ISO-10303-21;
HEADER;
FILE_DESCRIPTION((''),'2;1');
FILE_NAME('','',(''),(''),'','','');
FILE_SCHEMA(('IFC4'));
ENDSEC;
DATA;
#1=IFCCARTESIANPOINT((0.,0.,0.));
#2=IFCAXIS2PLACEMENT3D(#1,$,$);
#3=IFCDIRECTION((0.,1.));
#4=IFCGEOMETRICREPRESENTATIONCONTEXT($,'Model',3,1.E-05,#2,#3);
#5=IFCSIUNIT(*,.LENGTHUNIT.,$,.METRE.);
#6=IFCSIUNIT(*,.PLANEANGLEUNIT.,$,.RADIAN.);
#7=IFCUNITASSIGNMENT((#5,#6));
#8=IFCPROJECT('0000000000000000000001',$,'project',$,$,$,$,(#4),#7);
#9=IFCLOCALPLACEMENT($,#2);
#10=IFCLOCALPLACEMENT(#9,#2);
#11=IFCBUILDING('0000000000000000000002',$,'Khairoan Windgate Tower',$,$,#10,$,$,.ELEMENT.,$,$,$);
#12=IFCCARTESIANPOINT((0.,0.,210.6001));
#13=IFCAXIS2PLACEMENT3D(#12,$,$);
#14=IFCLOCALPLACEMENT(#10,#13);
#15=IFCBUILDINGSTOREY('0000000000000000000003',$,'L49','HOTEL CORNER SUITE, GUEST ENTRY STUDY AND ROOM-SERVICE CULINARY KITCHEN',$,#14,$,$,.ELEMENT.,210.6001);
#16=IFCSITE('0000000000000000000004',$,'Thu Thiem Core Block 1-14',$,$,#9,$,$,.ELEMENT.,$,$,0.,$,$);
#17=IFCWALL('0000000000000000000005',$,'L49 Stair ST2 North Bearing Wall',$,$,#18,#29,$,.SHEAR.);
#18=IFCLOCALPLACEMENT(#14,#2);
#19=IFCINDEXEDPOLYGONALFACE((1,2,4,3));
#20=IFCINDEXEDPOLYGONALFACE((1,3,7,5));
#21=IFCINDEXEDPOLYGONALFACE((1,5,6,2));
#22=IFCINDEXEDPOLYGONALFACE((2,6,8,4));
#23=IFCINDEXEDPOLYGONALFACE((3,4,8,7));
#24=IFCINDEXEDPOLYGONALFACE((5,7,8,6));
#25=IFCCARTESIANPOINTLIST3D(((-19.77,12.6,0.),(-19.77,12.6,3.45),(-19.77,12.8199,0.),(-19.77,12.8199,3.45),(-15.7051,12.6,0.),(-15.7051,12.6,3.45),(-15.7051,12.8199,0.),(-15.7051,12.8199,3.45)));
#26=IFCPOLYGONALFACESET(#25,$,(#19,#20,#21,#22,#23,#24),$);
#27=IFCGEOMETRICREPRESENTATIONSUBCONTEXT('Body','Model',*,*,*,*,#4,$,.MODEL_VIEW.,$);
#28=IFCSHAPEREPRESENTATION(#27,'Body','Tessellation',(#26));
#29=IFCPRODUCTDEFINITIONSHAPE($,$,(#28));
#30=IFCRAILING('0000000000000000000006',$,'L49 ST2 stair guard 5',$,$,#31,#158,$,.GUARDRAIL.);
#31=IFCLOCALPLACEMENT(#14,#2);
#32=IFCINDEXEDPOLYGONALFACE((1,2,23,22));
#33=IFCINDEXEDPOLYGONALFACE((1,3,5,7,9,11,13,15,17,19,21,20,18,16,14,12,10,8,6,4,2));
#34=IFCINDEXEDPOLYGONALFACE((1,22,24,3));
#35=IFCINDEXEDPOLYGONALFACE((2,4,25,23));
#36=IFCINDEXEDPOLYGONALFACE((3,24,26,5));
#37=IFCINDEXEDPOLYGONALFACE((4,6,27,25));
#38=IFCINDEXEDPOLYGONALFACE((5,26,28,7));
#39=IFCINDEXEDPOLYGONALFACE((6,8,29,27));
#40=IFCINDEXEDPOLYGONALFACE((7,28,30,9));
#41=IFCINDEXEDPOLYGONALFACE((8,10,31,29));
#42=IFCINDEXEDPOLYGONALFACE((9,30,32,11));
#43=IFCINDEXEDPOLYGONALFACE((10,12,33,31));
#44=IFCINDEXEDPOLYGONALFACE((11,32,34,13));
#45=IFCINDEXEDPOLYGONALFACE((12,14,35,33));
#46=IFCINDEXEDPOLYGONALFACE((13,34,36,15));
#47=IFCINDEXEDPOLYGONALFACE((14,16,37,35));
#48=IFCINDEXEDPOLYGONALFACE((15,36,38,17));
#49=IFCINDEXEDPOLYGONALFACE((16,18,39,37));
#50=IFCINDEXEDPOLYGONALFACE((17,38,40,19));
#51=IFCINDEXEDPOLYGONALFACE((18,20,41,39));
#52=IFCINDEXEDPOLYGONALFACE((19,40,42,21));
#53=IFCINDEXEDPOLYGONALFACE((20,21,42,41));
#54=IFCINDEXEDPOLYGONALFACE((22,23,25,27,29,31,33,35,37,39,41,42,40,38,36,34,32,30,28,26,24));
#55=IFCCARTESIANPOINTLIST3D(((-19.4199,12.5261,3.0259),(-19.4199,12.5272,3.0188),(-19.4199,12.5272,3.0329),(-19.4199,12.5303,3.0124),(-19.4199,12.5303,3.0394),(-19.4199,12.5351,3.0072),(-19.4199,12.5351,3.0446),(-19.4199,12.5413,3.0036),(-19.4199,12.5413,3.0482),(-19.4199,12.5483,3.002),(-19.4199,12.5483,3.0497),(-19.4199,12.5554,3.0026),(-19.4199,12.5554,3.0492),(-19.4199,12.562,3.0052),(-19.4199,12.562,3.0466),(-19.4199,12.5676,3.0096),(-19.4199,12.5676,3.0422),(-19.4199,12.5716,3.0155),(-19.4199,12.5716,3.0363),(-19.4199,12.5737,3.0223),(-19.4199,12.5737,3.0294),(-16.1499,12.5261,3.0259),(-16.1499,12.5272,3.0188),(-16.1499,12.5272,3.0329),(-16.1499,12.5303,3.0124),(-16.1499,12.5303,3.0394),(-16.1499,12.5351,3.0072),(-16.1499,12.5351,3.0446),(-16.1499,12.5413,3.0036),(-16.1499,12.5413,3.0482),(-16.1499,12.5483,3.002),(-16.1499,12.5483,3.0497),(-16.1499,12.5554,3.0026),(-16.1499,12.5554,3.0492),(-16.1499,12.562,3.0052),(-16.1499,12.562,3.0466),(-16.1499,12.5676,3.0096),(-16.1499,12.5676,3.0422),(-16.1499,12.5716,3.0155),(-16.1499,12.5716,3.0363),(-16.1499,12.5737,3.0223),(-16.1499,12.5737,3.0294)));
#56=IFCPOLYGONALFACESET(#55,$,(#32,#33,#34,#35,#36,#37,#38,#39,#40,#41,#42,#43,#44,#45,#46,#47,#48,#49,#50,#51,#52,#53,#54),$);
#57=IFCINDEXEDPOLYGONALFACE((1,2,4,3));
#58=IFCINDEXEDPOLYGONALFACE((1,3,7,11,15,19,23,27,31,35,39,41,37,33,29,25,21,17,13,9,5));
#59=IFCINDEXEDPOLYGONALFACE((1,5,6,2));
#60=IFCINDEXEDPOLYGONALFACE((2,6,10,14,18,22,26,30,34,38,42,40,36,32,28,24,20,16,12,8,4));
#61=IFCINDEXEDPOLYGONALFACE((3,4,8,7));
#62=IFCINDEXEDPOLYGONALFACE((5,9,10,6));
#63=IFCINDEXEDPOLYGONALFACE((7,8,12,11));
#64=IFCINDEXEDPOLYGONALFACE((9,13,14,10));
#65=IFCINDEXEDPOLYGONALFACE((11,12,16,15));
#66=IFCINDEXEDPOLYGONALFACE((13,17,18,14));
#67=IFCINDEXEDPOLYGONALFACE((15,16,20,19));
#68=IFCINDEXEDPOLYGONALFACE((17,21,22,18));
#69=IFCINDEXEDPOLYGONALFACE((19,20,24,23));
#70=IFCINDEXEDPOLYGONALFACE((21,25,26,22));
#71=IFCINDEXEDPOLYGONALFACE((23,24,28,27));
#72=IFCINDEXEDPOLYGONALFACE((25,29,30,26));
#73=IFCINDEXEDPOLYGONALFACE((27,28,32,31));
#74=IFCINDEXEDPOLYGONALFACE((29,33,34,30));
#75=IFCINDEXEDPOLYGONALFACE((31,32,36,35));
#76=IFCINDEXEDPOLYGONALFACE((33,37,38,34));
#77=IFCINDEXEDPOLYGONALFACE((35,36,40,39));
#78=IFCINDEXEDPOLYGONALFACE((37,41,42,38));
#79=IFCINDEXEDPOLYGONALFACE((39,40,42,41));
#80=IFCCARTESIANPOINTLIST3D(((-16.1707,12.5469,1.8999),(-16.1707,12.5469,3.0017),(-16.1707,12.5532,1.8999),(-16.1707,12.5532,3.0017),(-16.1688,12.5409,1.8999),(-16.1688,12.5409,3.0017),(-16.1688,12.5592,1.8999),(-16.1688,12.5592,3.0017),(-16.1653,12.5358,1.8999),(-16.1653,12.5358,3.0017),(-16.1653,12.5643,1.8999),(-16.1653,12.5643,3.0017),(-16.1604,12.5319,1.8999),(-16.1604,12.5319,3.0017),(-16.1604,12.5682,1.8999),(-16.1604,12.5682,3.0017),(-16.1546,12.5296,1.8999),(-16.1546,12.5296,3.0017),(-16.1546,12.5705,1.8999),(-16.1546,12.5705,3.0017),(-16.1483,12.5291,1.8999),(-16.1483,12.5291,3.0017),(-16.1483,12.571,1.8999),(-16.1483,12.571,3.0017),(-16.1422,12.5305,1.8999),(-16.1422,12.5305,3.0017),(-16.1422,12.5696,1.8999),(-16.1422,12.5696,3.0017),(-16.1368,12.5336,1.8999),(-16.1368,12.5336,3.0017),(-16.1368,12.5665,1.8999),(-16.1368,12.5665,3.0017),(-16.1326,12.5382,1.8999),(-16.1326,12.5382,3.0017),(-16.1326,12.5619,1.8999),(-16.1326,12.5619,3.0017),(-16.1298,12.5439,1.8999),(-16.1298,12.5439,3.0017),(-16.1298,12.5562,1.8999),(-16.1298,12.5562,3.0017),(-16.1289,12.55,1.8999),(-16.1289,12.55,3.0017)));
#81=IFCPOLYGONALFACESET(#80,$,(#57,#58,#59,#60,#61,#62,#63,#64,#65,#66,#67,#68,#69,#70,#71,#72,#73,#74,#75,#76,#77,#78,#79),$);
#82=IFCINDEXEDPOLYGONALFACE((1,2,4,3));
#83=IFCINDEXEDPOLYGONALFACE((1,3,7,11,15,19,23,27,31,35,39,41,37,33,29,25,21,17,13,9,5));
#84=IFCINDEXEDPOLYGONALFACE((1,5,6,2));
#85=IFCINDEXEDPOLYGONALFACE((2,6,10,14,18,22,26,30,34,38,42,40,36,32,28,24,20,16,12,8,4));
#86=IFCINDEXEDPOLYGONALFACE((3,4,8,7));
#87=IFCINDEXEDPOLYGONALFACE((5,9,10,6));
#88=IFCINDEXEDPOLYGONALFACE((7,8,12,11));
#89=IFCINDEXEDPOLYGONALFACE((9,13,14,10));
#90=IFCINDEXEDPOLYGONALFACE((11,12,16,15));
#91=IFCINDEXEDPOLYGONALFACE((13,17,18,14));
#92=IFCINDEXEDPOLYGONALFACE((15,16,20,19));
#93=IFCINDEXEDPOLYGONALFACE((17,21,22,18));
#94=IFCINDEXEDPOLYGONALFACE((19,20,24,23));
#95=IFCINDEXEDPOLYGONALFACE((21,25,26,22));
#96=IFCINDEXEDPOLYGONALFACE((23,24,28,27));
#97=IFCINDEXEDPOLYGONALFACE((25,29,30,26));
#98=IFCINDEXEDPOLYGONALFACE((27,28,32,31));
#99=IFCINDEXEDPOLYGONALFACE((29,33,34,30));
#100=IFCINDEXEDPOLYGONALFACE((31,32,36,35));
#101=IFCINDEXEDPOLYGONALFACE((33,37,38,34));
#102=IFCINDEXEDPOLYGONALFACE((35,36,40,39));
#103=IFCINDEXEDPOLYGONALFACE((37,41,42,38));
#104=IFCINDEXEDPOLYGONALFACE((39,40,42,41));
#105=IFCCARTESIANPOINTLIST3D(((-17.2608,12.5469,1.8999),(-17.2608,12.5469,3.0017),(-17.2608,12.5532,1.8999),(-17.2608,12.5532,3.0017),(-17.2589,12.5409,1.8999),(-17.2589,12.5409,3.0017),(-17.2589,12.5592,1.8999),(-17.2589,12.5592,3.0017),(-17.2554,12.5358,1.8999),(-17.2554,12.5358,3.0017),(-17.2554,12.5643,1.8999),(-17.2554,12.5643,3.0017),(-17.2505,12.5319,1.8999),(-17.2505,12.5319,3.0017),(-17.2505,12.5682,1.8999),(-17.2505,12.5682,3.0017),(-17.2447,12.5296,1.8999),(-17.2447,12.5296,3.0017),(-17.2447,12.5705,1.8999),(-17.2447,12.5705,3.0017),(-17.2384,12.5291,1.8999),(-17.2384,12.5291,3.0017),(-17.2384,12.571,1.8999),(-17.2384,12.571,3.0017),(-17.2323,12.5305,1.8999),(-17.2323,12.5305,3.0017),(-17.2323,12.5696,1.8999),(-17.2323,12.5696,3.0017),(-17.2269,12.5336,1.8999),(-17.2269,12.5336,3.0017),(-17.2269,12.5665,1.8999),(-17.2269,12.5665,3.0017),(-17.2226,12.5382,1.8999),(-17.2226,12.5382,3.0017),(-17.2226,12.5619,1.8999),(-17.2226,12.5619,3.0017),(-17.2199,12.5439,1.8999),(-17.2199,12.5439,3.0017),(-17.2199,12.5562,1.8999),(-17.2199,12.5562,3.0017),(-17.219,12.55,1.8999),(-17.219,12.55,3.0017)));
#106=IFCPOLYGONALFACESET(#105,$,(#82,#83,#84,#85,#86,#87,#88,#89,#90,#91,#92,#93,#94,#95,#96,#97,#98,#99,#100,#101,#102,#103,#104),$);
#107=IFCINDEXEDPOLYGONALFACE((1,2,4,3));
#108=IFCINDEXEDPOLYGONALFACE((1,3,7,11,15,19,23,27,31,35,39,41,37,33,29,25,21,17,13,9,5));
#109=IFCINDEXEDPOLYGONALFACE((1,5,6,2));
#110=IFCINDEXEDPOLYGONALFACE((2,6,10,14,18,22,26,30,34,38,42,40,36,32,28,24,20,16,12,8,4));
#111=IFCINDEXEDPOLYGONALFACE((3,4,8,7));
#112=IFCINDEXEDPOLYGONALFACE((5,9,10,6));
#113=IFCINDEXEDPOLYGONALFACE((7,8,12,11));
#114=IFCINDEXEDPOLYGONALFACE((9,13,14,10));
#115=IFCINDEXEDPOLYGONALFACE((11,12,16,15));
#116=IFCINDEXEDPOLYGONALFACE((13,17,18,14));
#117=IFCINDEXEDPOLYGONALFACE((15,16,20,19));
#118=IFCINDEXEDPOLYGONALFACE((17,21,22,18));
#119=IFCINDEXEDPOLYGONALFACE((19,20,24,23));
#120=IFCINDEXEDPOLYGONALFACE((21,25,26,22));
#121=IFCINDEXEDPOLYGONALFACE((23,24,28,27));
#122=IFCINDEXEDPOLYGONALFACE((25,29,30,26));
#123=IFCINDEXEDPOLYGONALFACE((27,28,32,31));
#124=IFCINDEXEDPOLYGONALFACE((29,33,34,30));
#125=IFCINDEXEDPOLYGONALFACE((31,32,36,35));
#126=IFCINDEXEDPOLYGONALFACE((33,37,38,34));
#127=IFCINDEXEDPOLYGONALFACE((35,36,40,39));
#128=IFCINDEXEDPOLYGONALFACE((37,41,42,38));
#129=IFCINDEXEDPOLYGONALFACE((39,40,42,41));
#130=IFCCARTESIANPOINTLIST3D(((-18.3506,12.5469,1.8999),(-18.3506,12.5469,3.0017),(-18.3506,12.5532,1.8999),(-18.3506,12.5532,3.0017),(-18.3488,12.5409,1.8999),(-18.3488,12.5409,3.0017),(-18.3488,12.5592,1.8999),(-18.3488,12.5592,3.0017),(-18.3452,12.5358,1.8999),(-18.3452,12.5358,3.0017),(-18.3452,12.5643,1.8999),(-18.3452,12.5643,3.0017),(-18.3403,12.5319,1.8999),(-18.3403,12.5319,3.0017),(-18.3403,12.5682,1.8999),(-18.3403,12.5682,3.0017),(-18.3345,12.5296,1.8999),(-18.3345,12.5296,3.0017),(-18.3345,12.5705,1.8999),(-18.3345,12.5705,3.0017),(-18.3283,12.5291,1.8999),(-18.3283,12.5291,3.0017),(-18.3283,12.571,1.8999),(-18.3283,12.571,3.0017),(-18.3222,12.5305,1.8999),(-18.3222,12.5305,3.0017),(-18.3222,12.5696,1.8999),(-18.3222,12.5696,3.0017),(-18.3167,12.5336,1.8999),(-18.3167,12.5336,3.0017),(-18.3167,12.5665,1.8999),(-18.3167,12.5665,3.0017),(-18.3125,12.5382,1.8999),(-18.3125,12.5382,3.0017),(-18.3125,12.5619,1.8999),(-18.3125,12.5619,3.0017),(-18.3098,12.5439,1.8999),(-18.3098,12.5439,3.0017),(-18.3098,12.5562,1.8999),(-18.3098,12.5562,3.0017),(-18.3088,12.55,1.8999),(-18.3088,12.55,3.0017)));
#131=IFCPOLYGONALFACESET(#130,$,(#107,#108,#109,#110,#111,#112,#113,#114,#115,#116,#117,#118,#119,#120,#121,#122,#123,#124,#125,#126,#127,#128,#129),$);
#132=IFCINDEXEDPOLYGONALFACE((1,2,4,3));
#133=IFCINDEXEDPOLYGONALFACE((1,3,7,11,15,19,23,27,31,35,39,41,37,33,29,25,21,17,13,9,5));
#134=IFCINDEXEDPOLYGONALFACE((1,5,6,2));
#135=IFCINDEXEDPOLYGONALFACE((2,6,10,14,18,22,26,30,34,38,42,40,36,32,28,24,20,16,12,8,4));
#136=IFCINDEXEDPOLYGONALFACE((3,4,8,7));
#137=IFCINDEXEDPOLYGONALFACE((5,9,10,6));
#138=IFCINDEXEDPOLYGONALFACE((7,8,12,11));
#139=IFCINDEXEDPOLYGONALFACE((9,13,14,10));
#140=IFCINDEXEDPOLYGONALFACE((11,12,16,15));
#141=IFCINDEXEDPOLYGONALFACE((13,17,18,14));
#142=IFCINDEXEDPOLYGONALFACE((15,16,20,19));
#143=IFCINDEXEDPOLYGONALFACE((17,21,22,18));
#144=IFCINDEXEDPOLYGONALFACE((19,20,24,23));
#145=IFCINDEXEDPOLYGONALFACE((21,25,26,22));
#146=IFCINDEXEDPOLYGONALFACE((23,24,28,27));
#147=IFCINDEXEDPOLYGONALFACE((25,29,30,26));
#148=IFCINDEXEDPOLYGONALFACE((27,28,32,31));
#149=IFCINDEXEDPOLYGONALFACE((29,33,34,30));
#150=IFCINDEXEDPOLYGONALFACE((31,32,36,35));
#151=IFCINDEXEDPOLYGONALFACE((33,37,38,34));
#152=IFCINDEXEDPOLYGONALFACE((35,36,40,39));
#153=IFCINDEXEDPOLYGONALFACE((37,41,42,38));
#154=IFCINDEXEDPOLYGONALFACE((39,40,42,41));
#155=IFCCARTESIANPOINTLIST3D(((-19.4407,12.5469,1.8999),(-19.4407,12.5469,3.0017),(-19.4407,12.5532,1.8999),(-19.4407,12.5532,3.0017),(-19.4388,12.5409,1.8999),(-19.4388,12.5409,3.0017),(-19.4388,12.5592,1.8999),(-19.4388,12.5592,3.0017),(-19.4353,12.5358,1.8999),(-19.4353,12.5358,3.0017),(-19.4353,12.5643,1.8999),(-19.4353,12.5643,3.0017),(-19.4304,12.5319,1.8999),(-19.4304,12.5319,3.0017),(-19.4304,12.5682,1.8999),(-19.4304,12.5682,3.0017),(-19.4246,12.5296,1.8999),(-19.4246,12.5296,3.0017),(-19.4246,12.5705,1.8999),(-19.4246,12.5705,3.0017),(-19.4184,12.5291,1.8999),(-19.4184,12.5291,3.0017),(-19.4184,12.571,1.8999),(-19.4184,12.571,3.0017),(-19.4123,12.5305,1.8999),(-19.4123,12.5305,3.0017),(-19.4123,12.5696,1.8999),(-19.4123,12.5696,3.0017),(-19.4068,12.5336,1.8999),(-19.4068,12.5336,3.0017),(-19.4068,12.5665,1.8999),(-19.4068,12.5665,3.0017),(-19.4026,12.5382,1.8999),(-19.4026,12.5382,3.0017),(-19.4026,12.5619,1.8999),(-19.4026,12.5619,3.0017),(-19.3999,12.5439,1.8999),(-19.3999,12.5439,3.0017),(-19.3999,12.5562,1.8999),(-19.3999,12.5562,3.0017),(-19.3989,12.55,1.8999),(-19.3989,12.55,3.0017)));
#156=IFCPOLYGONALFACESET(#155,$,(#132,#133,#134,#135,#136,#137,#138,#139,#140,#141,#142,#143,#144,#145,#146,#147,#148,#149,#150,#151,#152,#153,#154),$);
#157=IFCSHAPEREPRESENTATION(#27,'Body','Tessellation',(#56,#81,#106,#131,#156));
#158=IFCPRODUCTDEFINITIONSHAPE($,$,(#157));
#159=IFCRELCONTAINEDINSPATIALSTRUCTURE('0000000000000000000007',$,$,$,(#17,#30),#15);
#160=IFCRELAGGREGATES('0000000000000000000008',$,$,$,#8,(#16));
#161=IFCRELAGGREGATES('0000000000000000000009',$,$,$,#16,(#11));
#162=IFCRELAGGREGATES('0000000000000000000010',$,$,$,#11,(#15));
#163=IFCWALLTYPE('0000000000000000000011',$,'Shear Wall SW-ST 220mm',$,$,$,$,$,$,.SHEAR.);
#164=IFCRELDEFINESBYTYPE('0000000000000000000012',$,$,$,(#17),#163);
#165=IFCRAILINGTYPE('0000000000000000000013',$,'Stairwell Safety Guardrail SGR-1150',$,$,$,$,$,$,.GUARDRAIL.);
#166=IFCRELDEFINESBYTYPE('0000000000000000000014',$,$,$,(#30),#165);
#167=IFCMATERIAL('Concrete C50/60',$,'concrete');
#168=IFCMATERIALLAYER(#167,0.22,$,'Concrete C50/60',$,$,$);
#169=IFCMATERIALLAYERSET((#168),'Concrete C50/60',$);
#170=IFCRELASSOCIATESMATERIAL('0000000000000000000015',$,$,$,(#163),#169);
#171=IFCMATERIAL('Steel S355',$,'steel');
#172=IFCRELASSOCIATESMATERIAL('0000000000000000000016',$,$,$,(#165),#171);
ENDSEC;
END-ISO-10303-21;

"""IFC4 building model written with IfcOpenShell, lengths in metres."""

from ifc_helpers import new_model, si_unit, direction, frame, frame_2d, origin, origin_2d, place, context, subcontext, project, spatial, rectangle, circle, extrude, material, layer, layer_set, type_object, element, save


model = new_model("IFC4")

# Units and contexts
model_context = context("Model", 3, precision=1e-05, world=origin(), true_north=direction((0.0, 1.0)))
body_context = subcontext(model_context, "Body", "Model", "MODEL_VIEW")
ifc_project = project(units=[si_unit("LENGTHUNIT", "METRE"), si_unit("PLANEANGLEUNIT", "RADIAN")], contexts=[model_context])

# Site, building, storey
site_placement = place(None, origin())
site = spatial("IfcSite", under=ifc_project, at=site_placement, Name="Thu Thiem Core Block 1-14", CompositionType="ELEMENT", RefElevation=0.0)
building_placement = place(site_placement, origin())
building = spatial("IfcBuilding", under=site, at=building_placement, Name="Khairoan Windgate Tower", CompositionType="ELEMENT")
storey_placement = place(building_placement, frame((0.0, 0.0, 210.6001)))
storey = spatial("IfcBuildingStorey", under=building, at=storey_placement, Name="L49", Description="HOTEL CORNER SUITE, GUEST ENTRY STUDY AND ROOM-SERVICE CULINARY KITCHEN", CompositionType="ELEMENT", Elevation=210.6001)

# Wall
ifc_material_1 = material(Name="Concrete C50/60", Category="concrete")
ifc_layer_1 = layer(ifc_material_1, 0.22, Name="Concrete C50/60")
ifc_layer_set_1 = layer_set([ifc_layer_1], Name="Concrete C50/60")
wall_type_1 = type_object("IfcWallType", Name="Shear Wall SW-ST 220mm", PredefinedType="SHEAR", material=ifc_layer_set_1)
wall_1_placement = place(storey_placement, frame((-19.77, 12.71, 0.0), z_axis=(0.0, 0.0, 1.0), x_axis=(1.0, 0.0, 0.0)))
element("IfcWall", 1, at=wall_1_placement, inside=storey, type_object=wall_type_1, Name="L49 Stair ST2 North Bearing Wall", PredefinedType="SHEAR", context=body_context, shape_type="SweptSolid", body=[
    extrude(rectangle(XDim=4.0649, YDim=0.22, at=frame_2d((2.0325, 0.0))), origin(), (0.0, 0.0, 1.0), 3.45),
])

# Railing
ifc_material_2 = material(Name="Steel S355", Category="steel")
railing_type = type_object("IfcRailingType", Name="Stairwell Safety Guardrail SGR-1150", PredefinedType="GUARDRAIL", material=ifc_material_2)
railing_placement = place(storey_placement, frame((-16.1499, 12.55, 1.8999)))
element("IfcRailing", 2, at=railing_placement, inside=storey, type_object=railing_type, Name="L49 ST2 stair guard 5", PredefinedType="GUARDRAIL", context=body_context, shape_type="SweptSolid", body=[
    extrude(circle(Radius=0.0239, at=origin_2d()), frame((0.0, 0.0, 1.126), z_axis=(-1.0, 0.0, 0.0), x_axis=(0.0, -1.0, 0.0)), (0.0, 0.0, 1.0), 3.27),
    extrude(circle(Radius=0.021, at=origin_2d()), origin(), (0.0, 0.0, 1.0), 1.1018),
    extrude(circle(Radius=0.021, at=origin_2d()), frame((-1.0901, 0.0, 0.0)), (0.0, 0.0, 1.0), 1.1018),
    extrude(circle(Radius=0.021, at=origin_2d()), frame((-2.1799, 0.0, 0.0)), (0.0, 0.0, 1.0), 1.1018),
    extrude(circle(Radius=0.021, at=origin_2d()), frame((-3.27, 0.0, 0.0)), (0.0, 0.0, 1.0), 1.1018),
])

save(model, "model.ifc")
